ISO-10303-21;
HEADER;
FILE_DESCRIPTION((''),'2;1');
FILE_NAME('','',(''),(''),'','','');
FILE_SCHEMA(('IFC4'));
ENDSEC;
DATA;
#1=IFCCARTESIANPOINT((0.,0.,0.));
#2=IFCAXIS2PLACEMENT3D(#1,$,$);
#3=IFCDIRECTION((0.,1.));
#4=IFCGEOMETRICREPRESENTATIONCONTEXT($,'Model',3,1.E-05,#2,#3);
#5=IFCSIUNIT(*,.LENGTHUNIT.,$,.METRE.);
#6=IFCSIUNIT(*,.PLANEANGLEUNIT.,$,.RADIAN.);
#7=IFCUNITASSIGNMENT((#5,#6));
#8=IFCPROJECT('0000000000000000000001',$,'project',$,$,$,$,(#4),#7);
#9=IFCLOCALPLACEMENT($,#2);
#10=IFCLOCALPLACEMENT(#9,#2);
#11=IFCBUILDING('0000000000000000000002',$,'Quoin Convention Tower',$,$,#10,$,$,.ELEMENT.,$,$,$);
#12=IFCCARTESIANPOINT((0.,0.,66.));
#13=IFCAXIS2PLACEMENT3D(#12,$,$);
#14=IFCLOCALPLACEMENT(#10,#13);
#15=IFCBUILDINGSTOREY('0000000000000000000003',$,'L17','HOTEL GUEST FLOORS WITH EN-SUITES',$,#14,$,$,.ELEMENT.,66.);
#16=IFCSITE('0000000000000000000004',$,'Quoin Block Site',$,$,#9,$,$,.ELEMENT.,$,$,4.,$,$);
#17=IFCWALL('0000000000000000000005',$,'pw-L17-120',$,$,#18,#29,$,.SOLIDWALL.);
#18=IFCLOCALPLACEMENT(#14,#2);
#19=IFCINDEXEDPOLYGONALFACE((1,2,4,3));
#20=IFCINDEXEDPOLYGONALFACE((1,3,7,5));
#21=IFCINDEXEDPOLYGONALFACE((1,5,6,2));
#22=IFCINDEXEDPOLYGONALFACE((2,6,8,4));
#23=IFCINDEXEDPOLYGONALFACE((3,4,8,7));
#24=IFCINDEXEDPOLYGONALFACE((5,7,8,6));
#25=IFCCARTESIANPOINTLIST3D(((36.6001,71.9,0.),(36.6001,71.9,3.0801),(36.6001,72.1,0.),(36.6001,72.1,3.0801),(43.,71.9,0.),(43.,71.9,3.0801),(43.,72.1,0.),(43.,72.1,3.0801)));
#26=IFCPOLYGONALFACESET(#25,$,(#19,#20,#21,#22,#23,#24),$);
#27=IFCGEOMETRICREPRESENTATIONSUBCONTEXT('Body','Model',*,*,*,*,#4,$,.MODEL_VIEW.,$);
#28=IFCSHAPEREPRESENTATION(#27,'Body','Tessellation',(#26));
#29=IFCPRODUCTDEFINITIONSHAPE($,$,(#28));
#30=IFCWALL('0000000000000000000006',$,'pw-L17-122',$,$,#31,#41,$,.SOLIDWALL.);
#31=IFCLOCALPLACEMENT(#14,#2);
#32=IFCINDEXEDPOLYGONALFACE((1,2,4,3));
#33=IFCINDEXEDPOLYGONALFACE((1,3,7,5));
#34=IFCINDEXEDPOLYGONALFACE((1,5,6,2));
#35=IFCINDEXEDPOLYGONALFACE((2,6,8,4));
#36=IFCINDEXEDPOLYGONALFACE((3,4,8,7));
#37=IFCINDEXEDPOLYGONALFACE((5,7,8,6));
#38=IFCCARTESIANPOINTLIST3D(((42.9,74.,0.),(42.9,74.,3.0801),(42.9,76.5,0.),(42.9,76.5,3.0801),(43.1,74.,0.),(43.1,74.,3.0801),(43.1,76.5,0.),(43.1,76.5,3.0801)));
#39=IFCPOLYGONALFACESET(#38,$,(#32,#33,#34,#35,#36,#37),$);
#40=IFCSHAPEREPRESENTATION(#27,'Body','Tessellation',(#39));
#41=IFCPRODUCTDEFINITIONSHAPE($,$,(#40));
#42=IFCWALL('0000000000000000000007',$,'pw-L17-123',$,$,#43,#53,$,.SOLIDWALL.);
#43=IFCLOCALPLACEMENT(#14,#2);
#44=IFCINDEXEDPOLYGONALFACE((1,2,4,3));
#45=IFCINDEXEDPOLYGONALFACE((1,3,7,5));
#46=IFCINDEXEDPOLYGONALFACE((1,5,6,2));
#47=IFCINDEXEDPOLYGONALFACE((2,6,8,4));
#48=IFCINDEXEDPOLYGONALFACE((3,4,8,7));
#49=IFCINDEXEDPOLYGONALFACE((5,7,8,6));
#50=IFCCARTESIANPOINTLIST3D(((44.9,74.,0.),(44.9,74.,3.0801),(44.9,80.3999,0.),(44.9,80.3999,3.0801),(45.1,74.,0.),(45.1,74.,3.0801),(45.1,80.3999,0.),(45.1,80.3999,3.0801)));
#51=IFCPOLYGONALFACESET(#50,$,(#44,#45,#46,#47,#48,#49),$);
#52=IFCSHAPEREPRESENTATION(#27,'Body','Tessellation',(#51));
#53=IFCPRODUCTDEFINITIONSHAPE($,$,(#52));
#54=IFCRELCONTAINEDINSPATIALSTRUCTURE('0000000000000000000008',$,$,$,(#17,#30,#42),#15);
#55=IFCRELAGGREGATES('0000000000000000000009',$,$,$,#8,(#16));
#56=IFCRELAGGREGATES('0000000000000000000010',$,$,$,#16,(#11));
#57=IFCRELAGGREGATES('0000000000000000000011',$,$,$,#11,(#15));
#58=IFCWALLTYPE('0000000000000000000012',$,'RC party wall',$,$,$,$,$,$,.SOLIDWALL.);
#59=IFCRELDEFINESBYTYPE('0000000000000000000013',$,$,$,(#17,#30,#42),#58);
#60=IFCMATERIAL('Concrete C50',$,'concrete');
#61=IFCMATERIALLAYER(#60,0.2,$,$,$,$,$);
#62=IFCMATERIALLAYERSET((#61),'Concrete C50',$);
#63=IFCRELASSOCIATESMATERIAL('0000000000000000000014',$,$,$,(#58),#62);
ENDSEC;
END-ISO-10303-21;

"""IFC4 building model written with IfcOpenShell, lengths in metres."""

from ifc_helpers import new_model, si_unit, direction, frame, frame_2d, origin, place, context, subcontext, project, spatial, rectangle, extrude, material, layer, layer_set, type_object, element, save


model = new_model("IFC4")

# Units and contexts
model_context = context("Model", 3, precision=1e-05, world=origin(), true_north=direction((0.0, 1.0)))
body_context = subcontext(model_context, "Body", "Model", "MODEL_VIEW")
ifc_project = project(units=[si_unit("LENGTHUNIT", "METRE"), si_unit("PLANEANGLEUNIT", "RADIAN")], contexts=[model_context])

# Site, building, storey
site_placement = place(None, origin())
site = spatial("IfcSite", under=ifc_project, at=site_placement, Name="Quoin Block Site", CompositionType="ELEMENT", RefElevation=4.0)
building_placement = place(site_placement, origin())
building = spatial("IfcBuilding", under=site, at=building_placement, Name="Quoin Convention Tower", CompositionType="ELEMENT")
storey_placement = place(building_placement, frame((0.0, 0.0, 66.0)))
storey = spatial("IfcBuildingStorey", under=building, at=storey_placement, Name="L17", Description="HOTEL GUEST FLOORS WITH EN-SUITES", CompositionType="ELEMENT", Elevation=66.0)

# Shared definitions
ifc_material_1 = material(Name="Concrete C50", Category="concrete")
ifc_layer_1 = layer(ifc_material_1, 0.2)
ifc_layer_set_1 = layer_set([ifc_layer_1], Name="Concrete C50")
wall_type_1 = type_object("IfcWallType", Name="RC party wall", PredefinedType="SOLIDWALL", material=ifc_layer_set_1)

# Walls
wall_1_placement = place(storey_placement, frame((36.6001, 72.0, 0.0), z_axis=(0.0, 0.0, 1.0), x_axis=(1.0, 0.0, 0.0)))
element("IfcWall", 1, at=wall_1_placement, inside=storey, type_object=wall_type_1, Name="pw-L17-120", PredefinedType="SOLIDWALL", context=body_context, shape_type="SweptSolid", body=[
    extrude(rectangle(XDim=6.3999, YDim=0.2, at=frame_2d((3.2, 0.0))), origin(), (0.0, 0.0, 1.0), 3.0801),
])
wall_2_placement = place(storey_placement, frame((43.0, 74.0, 0.0), z_axis=(0.0, 0.0, 1.0), x_axis=(0.0, 1.0, 0.0)))
element("IfcWall", 2, at=wall_2_placement, inside=storey, type_object=wall_type_1, Name="pw-L17-122", PredefinedType="SOLIDWALL", context=body_context, shape_type="SweptSolid", body=[
    extrude(rectangle(XDim=2.5, YDim=0.2, at=frame_2d((1.25, 0.0))), origin(), (0.0, 0.0, 1.0), 3.0801),
])
wall_3_placement = place(storey_placement, frame((45.0, 74.0, 0.0), z_axis=(0.0, 0.0, 1.0), x_axis=(0.0, 1.0, 0.0)))
element("IfcWall", 3, at=wall_3_placement, inside=storey, type_object=wall_type_1, Name="pw-L17-123", PredefinedType="SOLIDWALL", context=body_context, shape_type="SweptSolid", body=[
    extrude(rectangle(XDim=6.3999, YDim=0.2, at=frame_2d((3.2, 0.0))), origin(), (0.0, 0.0, 1.0), 3.0801),
])

save(model, "model.ifc")
